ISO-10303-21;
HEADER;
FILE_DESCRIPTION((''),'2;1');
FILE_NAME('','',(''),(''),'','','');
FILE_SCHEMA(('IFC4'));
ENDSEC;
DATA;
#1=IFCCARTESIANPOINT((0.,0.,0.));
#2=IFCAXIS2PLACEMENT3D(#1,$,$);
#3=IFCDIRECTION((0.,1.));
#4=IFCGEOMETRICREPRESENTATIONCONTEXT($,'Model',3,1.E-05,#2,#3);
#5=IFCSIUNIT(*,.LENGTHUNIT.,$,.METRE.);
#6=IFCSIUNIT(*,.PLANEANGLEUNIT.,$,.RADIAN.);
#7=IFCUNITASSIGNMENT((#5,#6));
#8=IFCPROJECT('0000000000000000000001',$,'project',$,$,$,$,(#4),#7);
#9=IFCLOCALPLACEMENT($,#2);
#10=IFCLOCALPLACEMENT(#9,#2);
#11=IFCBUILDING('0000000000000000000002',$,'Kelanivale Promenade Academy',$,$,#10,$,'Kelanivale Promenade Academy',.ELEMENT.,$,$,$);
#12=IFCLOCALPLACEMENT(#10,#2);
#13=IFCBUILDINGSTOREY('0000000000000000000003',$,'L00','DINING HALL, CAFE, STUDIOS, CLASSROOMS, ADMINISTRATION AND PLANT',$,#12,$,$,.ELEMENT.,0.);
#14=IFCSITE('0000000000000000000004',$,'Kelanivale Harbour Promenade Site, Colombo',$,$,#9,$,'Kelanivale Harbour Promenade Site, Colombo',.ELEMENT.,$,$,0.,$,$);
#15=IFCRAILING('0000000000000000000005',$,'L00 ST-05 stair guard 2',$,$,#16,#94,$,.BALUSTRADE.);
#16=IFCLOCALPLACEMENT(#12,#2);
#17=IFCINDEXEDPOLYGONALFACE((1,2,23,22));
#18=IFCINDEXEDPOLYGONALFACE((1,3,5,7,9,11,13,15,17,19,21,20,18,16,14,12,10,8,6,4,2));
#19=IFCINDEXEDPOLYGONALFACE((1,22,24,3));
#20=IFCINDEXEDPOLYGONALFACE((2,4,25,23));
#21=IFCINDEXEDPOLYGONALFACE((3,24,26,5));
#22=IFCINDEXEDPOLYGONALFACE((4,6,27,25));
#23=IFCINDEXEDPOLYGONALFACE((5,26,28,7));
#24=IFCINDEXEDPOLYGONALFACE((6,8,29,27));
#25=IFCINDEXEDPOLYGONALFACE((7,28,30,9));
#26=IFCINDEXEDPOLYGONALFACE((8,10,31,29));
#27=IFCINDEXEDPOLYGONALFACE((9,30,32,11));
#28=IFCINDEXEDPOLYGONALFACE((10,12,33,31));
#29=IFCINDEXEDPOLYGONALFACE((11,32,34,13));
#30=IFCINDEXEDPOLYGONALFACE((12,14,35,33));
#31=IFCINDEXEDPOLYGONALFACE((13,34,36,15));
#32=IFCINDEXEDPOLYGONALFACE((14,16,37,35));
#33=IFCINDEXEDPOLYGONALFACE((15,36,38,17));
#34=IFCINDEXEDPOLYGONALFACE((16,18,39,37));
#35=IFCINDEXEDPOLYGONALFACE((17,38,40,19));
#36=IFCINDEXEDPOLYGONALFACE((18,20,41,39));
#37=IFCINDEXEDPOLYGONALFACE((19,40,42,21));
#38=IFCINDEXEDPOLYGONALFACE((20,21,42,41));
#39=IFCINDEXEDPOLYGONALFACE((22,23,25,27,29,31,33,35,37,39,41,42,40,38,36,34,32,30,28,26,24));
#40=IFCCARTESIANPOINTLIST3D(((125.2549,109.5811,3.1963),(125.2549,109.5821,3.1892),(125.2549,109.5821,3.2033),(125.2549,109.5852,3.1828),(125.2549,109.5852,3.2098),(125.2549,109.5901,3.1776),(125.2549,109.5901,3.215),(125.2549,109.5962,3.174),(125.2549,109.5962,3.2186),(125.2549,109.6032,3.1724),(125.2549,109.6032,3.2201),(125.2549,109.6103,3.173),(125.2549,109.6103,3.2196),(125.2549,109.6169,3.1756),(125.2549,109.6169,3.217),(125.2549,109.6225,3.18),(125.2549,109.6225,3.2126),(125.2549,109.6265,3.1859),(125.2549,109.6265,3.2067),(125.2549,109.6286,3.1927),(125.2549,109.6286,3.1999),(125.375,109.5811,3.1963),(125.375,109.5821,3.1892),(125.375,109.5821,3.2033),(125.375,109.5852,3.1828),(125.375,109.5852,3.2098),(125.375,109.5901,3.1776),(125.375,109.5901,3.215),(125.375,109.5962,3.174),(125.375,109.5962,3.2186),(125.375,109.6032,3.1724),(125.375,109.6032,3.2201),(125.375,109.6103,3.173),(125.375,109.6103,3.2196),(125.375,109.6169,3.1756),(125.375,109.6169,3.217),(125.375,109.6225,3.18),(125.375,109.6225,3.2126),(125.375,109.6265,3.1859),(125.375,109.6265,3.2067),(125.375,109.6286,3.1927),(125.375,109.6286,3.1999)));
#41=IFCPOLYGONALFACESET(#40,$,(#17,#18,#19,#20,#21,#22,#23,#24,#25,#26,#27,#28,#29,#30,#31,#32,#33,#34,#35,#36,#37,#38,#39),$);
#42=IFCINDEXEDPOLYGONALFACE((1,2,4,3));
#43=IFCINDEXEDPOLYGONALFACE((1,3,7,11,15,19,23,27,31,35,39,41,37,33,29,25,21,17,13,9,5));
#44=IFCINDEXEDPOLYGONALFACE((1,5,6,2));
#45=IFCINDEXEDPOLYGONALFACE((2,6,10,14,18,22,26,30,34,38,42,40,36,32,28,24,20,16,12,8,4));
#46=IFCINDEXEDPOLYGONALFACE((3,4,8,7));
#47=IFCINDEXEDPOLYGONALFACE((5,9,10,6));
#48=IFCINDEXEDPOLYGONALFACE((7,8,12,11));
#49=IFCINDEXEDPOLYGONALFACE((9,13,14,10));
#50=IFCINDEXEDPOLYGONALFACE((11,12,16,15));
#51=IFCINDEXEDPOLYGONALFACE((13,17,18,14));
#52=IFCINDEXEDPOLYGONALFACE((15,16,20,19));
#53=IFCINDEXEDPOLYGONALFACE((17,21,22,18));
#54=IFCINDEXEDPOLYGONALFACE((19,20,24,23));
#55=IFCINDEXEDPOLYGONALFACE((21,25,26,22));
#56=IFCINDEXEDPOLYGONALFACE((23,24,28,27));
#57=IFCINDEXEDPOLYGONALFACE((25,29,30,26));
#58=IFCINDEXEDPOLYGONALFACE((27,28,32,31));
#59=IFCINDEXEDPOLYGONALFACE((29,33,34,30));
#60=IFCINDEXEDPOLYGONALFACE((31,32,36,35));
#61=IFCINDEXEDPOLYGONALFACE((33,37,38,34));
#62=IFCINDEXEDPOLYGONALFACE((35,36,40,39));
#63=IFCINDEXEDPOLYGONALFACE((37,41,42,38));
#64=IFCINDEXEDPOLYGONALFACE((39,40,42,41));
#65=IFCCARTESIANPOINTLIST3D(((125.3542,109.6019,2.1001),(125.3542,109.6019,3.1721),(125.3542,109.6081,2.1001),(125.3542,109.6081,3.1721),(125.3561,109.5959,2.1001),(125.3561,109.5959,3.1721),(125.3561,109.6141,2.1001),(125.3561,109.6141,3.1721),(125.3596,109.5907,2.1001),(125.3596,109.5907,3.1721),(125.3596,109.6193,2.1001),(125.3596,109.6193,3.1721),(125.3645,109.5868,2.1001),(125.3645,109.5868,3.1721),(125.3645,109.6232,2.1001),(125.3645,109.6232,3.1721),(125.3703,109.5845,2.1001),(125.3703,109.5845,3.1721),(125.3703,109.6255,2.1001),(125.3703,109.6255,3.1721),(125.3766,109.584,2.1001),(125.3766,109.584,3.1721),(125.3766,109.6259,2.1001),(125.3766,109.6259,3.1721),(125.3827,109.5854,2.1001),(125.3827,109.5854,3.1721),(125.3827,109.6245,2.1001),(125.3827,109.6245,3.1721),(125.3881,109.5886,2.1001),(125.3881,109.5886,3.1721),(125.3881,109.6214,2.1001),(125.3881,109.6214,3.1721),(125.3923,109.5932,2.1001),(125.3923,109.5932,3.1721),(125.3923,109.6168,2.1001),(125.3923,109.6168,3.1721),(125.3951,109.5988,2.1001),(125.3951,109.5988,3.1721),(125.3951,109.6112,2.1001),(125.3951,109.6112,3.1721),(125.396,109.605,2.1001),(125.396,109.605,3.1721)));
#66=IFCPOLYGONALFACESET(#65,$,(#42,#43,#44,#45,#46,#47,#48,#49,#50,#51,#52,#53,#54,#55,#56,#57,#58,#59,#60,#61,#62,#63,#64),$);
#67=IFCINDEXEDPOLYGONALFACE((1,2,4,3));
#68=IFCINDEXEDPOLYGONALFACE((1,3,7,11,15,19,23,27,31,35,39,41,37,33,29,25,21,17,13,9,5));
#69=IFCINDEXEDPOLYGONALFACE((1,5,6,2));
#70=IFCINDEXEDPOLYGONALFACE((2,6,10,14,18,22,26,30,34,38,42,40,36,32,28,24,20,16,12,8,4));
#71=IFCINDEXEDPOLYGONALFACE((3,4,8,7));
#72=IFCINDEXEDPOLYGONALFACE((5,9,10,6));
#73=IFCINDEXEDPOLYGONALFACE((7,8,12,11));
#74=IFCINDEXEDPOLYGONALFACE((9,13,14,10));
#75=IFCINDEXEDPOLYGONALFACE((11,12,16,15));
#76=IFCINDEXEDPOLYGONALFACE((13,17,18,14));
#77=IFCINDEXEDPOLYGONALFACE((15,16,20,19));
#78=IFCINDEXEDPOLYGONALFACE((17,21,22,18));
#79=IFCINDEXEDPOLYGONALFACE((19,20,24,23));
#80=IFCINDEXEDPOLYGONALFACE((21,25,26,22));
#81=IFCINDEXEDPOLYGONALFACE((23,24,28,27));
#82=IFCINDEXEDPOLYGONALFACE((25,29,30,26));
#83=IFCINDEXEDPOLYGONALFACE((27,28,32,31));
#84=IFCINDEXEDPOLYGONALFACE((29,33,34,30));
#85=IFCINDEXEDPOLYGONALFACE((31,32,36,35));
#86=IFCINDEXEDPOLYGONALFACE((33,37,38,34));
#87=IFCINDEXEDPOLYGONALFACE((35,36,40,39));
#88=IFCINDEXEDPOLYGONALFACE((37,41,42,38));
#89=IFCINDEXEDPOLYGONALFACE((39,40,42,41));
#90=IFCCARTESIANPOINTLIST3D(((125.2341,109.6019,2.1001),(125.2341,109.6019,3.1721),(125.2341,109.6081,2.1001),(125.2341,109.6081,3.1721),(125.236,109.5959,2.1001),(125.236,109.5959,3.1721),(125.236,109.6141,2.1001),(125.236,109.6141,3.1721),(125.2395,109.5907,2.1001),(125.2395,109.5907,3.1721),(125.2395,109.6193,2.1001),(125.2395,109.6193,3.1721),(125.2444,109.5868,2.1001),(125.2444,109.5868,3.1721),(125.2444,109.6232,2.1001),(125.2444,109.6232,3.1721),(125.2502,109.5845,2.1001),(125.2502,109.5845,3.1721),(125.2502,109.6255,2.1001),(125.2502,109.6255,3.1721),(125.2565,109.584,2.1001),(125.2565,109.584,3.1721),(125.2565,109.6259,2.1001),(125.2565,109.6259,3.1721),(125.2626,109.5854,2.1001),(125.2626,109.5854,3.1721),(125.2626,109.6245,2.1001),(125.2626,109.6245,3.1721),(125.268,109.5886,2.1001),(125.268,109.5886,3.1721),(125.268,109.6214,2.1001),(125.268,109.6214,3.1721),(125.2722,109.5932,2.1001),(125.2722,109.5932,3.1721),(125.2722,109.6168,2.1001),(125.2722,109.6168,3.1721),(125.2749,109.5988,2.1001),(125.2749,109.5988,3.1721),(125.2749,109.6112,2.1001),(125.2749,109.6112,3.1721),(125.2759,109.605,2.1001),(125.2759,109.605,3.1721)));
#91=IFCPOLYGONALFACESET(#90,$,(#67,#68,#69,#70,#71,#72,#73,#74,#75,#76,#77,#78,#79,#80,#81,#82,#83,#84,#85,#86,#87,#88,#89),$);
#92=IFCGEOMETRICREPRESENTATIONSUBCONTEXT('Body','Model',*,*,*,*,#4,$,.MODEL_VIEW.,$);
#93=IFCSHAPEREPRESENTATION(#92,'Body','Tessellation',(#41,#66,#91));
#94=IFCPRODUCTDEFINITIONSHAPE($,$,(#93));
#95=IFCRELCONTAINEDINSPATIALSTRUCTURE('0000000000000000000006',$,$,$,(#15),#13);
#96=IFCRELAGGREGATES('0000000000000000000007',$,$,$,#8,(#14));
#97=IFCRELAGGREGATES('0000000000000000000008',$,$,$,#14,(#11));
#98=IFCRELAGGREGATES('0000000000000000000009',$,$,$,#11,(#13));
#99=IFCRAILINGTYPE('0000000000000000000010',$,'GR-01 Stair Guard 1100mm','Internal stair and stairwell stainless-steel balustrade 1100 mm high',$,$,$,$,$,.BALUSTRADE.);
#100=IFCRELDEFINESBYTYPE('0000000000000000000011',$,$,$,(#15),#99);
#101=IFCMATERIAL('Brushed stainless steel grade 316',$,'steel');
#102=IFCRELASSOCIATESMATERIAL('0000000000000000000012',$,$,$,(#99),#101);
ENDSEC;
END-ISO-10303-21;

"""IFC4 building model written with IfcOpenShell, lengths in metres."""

from ifc_helpers import new_model, si_unit, direction, frame, origin, origin_2d, place, context, subcontext, project, spatial, circle, extrude, material, type_object, element, save


model = new_model("IFC4")

# Units and contexts
model_context = context("Model", 3, precision=1e-05, world=origin(), true_north=direction((0.0, 1.0)))
body_context = subcontext(model_context, "Body", "Model", "MODEL_VIEW")
ifc_project = project(units=[si_unit("LENGTHUNIT", "METRE"), si_unit("PLANEANGLEUNIT", "RADIAN")], contexts=[model_context])

# Site, building, storey
site_placement = place(None, origin())
site = spatial("IfcSite", under=ifc_project, at=site_placement, Name="Kelanivale Harbour Promenade Site, Colombo", LongName="Kelanivale Harbour Promenade Site, Colombo", CompositionType="ELEMENT", RefElevation=0.0)
building_placement = place(site_placement, origin())
building = spatial("IfcBuilding", under=site, at=building_placement, Name="Kelanivale Promenade Academy", LongName="Kelanivale Promenade Academy", CompositionType="ELEMENT")
storey_placement = place(building_placement, origin())
storey = spatial("IfcBuildingStorey", under=building, at=storey_placement, Name="L00", Description="DINING HALL, CAFE, STUDIOS, CLASSROOMS, ADMINISTRATION AND PLANT", CompositionType="ELEMENT", Elevation=0.0)

# Railing
ifc_material_1 = material(Name="Brushed stainless steel grade 316", Category="steel")
railing_type_1 = type_object("IfcRailingType", Name="GR-01 Stair Guard 1100mm", Description="Internal stair and stairwell stainless-steel balustrade 1100 mm high", PredefinedType="BALUSTRADE", material=ifc_material_1)
railing_1_placement = place(storey_placement, frame((125.375, 109.605, 2.1001)))
element("IfcRailing", 1, at=railing_1_placement, inside=storey, type_object=railing_type_1, Name="L00 ST-05 stair guard 2", PredefinedType="BALUSTRADE", context=body_context, shape_type="SweptSolid", body=[
    extrude(circle(Radius=0.0239, at=origin_2d()), frame((0.0, 0.0, 1.0962), z_axis=(-1.0, 0.0, 0.0), x_axis=(0.0, -1.0, 0.0)), (0.0, 0.0, 1.0), 0.1201),
    extrude(circle(Radius=0.021, at=origin_2d()), origin(), (0.0, 0.0, 1.0), 1.072),
    extrude(circle(Radius=0.021, at=origin_2d()), frame((-0.1201, 0.0, 0.0)), (0.0, 0.0, 1.0), 1.072),
])

save(model, "model.ifc")
